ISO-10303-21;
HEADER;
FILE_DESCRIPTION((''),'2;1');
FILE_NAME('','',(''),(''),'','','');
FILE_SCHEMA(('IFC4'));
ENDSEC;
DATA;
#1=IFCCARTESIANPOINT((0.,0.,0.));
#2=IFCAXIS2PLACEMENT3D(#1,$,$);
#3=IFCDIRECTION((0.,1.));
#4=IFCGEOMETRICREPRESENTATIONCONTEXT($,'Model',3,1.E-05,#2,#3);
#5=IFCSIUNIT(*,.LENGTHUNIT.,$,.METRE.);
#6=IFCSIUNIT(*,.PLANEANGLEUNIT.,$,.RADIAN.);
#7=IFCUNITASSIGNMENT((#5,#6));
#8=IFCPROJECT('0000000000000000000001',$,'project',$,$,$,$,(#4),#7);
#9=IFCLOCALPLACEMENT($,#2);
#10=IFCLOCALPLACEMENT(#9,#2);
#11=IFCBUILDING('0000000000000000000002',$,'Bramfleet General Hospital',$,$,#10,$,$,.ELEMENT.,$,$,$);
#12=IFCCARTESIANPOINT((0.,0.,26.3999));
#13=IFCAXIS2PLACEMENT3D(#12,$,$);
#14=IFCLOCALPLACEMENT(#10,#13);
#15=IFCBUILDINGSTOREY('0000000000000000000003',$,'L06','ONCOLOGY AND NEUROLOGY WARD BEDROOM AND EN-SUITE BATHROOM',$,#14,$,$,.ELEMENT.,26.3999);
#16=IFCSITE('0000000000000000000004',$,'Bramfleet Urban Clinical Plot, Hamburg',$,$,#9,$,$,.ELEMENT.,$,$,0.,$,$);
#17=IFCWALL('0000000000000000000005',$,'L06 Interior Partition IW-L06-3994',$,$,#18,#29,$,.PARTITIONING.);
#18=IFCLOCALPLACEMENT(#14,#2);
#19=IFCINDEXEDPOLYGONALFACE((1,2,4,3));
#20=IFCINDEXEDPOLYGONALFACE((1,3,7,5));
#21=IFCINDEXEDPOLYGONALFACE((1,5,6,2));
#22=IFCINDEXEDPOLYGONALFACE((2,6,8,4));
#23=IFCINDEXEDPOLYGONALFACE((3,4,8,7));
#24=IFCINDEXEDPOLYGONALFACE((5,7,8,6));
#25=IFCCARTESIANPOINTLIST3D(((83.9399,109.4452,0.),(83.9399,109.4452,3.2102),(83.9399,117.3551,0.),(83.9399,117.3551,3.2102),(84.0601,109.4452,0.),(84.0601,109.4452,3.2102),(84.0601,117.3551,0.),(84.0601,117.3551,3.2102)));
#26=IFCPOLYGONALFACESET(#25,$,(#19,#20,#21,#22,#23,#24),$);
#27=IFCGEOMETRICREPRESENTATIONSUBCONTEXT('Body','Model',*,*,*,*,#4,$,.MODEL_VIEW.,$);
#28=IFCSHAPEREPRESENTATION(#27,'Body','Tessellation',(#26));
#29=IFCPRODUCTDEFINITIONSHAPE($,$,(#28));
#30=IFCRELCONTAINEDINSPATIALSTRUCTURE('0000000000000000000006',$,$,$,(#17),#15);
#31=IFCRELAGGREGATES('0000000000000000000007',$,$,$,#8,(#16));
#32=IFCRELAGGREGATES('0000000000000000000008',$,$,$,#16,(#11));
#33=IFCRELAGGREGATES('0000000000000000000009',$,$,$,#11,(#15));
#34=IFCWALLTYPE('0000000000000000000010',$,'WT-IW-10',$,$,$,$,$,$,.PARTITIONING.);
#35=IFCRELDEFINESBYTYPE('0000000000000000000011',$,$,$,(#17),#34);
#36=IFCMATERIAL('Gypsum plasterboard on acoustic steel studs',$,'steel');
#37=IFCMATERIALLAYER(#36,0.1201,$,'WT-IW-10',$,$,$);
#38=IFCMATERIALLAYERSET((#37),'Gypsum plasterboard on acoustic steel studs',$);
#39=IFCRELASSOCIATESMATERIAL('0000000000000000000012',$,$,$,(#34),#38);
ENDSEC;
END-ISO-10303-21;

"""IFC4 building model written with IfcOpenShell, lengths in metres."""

from ifc_helpers import new_model, si_unit, direction, frame, frame_2d, origin, place, context, subcontext, project, spatial, rectangle, extrude, material, layer, layer_set, type_object, element, save


model = new_model("IFC4")

# Units and contexts
model_context = context("Model", 3, precision=1e-05, world=origin(), true_north=direction((0.0, 1.0)))
body_context = subcontext(model_context, "Body", "Model", "MODEL_VIEW")
ifc_project = project(units=[si_unit("LENGTHUNIT", "METRE"), si_unit("PLANEANGLEUNIT", "RADIAN")], contexts=[model_context])

# Site, building, storey
site_placement = place(None, origin())
site = spatial("IfcSite", under=ifc_project, at=site_placement, Name="Bramfleet Urban Clinical Plot, Hamburg", CompositionType="ELEMENT", RefElevation=0.0)
building_placement = place(site_placement, origin())
building = spatial("IfcBuilding", under=site, at=building_placement, Name="Bramfleet General Hospital", CompositionType="ELEMENT")
storey_placement = place(building_placement, frame((0.0, 0.0, 26.3999)))
storey = spatial("IfcBuildingStorey", under=building, at=storey_placement, Name="L06", Description="ONCOLOGY AND NEUROLOGY WARD BEDROOM AND EN-SUITE BATHROOM", CompositionType="ELEMENT", Elevation=26.3999)

# Shared definitions
ifc_material_1 = material(Name="Gypsum plasterboard on acoustic steel studs", Category="steel")

# Wall
ifc_layer_1 = layer(ifc_material_1, 0.1201, Name="WT-IW-10")
ifc_layer_set_1 = layer_set([ifc_layer_1], Name="Gypsum plasterboard on acoustic steel studs")
wall_type_1 = type_object("IfcWallType", Name="WT-IW-10", PredefinedType="PARTITIONING", material=ifc_layer_set_1)
wall_1_placement = place(storey_placement, frame((84.0, 109.4451, 0.0), z_axis=(0.0, 0.0, 1.0), x_axis=(0.0, 1.0, 0.0)))
element("IfcWall", 1, at=wall_1_placement, inside=storey, type_object=wall_type_1, Name="L06 Interior Partition IW-L06-3994", PredefinedType="PARTITIONING", context=body_context, shape_type="SweptSolid", body=[
    extrude(rectangle(XDim=7.9099, YDim=0.1201, at=frame_2d((3.9551, 0.0))), origin(), (0.0, 0.0, 1.0), 3.2102),
])

save(model, "model.ifc")
